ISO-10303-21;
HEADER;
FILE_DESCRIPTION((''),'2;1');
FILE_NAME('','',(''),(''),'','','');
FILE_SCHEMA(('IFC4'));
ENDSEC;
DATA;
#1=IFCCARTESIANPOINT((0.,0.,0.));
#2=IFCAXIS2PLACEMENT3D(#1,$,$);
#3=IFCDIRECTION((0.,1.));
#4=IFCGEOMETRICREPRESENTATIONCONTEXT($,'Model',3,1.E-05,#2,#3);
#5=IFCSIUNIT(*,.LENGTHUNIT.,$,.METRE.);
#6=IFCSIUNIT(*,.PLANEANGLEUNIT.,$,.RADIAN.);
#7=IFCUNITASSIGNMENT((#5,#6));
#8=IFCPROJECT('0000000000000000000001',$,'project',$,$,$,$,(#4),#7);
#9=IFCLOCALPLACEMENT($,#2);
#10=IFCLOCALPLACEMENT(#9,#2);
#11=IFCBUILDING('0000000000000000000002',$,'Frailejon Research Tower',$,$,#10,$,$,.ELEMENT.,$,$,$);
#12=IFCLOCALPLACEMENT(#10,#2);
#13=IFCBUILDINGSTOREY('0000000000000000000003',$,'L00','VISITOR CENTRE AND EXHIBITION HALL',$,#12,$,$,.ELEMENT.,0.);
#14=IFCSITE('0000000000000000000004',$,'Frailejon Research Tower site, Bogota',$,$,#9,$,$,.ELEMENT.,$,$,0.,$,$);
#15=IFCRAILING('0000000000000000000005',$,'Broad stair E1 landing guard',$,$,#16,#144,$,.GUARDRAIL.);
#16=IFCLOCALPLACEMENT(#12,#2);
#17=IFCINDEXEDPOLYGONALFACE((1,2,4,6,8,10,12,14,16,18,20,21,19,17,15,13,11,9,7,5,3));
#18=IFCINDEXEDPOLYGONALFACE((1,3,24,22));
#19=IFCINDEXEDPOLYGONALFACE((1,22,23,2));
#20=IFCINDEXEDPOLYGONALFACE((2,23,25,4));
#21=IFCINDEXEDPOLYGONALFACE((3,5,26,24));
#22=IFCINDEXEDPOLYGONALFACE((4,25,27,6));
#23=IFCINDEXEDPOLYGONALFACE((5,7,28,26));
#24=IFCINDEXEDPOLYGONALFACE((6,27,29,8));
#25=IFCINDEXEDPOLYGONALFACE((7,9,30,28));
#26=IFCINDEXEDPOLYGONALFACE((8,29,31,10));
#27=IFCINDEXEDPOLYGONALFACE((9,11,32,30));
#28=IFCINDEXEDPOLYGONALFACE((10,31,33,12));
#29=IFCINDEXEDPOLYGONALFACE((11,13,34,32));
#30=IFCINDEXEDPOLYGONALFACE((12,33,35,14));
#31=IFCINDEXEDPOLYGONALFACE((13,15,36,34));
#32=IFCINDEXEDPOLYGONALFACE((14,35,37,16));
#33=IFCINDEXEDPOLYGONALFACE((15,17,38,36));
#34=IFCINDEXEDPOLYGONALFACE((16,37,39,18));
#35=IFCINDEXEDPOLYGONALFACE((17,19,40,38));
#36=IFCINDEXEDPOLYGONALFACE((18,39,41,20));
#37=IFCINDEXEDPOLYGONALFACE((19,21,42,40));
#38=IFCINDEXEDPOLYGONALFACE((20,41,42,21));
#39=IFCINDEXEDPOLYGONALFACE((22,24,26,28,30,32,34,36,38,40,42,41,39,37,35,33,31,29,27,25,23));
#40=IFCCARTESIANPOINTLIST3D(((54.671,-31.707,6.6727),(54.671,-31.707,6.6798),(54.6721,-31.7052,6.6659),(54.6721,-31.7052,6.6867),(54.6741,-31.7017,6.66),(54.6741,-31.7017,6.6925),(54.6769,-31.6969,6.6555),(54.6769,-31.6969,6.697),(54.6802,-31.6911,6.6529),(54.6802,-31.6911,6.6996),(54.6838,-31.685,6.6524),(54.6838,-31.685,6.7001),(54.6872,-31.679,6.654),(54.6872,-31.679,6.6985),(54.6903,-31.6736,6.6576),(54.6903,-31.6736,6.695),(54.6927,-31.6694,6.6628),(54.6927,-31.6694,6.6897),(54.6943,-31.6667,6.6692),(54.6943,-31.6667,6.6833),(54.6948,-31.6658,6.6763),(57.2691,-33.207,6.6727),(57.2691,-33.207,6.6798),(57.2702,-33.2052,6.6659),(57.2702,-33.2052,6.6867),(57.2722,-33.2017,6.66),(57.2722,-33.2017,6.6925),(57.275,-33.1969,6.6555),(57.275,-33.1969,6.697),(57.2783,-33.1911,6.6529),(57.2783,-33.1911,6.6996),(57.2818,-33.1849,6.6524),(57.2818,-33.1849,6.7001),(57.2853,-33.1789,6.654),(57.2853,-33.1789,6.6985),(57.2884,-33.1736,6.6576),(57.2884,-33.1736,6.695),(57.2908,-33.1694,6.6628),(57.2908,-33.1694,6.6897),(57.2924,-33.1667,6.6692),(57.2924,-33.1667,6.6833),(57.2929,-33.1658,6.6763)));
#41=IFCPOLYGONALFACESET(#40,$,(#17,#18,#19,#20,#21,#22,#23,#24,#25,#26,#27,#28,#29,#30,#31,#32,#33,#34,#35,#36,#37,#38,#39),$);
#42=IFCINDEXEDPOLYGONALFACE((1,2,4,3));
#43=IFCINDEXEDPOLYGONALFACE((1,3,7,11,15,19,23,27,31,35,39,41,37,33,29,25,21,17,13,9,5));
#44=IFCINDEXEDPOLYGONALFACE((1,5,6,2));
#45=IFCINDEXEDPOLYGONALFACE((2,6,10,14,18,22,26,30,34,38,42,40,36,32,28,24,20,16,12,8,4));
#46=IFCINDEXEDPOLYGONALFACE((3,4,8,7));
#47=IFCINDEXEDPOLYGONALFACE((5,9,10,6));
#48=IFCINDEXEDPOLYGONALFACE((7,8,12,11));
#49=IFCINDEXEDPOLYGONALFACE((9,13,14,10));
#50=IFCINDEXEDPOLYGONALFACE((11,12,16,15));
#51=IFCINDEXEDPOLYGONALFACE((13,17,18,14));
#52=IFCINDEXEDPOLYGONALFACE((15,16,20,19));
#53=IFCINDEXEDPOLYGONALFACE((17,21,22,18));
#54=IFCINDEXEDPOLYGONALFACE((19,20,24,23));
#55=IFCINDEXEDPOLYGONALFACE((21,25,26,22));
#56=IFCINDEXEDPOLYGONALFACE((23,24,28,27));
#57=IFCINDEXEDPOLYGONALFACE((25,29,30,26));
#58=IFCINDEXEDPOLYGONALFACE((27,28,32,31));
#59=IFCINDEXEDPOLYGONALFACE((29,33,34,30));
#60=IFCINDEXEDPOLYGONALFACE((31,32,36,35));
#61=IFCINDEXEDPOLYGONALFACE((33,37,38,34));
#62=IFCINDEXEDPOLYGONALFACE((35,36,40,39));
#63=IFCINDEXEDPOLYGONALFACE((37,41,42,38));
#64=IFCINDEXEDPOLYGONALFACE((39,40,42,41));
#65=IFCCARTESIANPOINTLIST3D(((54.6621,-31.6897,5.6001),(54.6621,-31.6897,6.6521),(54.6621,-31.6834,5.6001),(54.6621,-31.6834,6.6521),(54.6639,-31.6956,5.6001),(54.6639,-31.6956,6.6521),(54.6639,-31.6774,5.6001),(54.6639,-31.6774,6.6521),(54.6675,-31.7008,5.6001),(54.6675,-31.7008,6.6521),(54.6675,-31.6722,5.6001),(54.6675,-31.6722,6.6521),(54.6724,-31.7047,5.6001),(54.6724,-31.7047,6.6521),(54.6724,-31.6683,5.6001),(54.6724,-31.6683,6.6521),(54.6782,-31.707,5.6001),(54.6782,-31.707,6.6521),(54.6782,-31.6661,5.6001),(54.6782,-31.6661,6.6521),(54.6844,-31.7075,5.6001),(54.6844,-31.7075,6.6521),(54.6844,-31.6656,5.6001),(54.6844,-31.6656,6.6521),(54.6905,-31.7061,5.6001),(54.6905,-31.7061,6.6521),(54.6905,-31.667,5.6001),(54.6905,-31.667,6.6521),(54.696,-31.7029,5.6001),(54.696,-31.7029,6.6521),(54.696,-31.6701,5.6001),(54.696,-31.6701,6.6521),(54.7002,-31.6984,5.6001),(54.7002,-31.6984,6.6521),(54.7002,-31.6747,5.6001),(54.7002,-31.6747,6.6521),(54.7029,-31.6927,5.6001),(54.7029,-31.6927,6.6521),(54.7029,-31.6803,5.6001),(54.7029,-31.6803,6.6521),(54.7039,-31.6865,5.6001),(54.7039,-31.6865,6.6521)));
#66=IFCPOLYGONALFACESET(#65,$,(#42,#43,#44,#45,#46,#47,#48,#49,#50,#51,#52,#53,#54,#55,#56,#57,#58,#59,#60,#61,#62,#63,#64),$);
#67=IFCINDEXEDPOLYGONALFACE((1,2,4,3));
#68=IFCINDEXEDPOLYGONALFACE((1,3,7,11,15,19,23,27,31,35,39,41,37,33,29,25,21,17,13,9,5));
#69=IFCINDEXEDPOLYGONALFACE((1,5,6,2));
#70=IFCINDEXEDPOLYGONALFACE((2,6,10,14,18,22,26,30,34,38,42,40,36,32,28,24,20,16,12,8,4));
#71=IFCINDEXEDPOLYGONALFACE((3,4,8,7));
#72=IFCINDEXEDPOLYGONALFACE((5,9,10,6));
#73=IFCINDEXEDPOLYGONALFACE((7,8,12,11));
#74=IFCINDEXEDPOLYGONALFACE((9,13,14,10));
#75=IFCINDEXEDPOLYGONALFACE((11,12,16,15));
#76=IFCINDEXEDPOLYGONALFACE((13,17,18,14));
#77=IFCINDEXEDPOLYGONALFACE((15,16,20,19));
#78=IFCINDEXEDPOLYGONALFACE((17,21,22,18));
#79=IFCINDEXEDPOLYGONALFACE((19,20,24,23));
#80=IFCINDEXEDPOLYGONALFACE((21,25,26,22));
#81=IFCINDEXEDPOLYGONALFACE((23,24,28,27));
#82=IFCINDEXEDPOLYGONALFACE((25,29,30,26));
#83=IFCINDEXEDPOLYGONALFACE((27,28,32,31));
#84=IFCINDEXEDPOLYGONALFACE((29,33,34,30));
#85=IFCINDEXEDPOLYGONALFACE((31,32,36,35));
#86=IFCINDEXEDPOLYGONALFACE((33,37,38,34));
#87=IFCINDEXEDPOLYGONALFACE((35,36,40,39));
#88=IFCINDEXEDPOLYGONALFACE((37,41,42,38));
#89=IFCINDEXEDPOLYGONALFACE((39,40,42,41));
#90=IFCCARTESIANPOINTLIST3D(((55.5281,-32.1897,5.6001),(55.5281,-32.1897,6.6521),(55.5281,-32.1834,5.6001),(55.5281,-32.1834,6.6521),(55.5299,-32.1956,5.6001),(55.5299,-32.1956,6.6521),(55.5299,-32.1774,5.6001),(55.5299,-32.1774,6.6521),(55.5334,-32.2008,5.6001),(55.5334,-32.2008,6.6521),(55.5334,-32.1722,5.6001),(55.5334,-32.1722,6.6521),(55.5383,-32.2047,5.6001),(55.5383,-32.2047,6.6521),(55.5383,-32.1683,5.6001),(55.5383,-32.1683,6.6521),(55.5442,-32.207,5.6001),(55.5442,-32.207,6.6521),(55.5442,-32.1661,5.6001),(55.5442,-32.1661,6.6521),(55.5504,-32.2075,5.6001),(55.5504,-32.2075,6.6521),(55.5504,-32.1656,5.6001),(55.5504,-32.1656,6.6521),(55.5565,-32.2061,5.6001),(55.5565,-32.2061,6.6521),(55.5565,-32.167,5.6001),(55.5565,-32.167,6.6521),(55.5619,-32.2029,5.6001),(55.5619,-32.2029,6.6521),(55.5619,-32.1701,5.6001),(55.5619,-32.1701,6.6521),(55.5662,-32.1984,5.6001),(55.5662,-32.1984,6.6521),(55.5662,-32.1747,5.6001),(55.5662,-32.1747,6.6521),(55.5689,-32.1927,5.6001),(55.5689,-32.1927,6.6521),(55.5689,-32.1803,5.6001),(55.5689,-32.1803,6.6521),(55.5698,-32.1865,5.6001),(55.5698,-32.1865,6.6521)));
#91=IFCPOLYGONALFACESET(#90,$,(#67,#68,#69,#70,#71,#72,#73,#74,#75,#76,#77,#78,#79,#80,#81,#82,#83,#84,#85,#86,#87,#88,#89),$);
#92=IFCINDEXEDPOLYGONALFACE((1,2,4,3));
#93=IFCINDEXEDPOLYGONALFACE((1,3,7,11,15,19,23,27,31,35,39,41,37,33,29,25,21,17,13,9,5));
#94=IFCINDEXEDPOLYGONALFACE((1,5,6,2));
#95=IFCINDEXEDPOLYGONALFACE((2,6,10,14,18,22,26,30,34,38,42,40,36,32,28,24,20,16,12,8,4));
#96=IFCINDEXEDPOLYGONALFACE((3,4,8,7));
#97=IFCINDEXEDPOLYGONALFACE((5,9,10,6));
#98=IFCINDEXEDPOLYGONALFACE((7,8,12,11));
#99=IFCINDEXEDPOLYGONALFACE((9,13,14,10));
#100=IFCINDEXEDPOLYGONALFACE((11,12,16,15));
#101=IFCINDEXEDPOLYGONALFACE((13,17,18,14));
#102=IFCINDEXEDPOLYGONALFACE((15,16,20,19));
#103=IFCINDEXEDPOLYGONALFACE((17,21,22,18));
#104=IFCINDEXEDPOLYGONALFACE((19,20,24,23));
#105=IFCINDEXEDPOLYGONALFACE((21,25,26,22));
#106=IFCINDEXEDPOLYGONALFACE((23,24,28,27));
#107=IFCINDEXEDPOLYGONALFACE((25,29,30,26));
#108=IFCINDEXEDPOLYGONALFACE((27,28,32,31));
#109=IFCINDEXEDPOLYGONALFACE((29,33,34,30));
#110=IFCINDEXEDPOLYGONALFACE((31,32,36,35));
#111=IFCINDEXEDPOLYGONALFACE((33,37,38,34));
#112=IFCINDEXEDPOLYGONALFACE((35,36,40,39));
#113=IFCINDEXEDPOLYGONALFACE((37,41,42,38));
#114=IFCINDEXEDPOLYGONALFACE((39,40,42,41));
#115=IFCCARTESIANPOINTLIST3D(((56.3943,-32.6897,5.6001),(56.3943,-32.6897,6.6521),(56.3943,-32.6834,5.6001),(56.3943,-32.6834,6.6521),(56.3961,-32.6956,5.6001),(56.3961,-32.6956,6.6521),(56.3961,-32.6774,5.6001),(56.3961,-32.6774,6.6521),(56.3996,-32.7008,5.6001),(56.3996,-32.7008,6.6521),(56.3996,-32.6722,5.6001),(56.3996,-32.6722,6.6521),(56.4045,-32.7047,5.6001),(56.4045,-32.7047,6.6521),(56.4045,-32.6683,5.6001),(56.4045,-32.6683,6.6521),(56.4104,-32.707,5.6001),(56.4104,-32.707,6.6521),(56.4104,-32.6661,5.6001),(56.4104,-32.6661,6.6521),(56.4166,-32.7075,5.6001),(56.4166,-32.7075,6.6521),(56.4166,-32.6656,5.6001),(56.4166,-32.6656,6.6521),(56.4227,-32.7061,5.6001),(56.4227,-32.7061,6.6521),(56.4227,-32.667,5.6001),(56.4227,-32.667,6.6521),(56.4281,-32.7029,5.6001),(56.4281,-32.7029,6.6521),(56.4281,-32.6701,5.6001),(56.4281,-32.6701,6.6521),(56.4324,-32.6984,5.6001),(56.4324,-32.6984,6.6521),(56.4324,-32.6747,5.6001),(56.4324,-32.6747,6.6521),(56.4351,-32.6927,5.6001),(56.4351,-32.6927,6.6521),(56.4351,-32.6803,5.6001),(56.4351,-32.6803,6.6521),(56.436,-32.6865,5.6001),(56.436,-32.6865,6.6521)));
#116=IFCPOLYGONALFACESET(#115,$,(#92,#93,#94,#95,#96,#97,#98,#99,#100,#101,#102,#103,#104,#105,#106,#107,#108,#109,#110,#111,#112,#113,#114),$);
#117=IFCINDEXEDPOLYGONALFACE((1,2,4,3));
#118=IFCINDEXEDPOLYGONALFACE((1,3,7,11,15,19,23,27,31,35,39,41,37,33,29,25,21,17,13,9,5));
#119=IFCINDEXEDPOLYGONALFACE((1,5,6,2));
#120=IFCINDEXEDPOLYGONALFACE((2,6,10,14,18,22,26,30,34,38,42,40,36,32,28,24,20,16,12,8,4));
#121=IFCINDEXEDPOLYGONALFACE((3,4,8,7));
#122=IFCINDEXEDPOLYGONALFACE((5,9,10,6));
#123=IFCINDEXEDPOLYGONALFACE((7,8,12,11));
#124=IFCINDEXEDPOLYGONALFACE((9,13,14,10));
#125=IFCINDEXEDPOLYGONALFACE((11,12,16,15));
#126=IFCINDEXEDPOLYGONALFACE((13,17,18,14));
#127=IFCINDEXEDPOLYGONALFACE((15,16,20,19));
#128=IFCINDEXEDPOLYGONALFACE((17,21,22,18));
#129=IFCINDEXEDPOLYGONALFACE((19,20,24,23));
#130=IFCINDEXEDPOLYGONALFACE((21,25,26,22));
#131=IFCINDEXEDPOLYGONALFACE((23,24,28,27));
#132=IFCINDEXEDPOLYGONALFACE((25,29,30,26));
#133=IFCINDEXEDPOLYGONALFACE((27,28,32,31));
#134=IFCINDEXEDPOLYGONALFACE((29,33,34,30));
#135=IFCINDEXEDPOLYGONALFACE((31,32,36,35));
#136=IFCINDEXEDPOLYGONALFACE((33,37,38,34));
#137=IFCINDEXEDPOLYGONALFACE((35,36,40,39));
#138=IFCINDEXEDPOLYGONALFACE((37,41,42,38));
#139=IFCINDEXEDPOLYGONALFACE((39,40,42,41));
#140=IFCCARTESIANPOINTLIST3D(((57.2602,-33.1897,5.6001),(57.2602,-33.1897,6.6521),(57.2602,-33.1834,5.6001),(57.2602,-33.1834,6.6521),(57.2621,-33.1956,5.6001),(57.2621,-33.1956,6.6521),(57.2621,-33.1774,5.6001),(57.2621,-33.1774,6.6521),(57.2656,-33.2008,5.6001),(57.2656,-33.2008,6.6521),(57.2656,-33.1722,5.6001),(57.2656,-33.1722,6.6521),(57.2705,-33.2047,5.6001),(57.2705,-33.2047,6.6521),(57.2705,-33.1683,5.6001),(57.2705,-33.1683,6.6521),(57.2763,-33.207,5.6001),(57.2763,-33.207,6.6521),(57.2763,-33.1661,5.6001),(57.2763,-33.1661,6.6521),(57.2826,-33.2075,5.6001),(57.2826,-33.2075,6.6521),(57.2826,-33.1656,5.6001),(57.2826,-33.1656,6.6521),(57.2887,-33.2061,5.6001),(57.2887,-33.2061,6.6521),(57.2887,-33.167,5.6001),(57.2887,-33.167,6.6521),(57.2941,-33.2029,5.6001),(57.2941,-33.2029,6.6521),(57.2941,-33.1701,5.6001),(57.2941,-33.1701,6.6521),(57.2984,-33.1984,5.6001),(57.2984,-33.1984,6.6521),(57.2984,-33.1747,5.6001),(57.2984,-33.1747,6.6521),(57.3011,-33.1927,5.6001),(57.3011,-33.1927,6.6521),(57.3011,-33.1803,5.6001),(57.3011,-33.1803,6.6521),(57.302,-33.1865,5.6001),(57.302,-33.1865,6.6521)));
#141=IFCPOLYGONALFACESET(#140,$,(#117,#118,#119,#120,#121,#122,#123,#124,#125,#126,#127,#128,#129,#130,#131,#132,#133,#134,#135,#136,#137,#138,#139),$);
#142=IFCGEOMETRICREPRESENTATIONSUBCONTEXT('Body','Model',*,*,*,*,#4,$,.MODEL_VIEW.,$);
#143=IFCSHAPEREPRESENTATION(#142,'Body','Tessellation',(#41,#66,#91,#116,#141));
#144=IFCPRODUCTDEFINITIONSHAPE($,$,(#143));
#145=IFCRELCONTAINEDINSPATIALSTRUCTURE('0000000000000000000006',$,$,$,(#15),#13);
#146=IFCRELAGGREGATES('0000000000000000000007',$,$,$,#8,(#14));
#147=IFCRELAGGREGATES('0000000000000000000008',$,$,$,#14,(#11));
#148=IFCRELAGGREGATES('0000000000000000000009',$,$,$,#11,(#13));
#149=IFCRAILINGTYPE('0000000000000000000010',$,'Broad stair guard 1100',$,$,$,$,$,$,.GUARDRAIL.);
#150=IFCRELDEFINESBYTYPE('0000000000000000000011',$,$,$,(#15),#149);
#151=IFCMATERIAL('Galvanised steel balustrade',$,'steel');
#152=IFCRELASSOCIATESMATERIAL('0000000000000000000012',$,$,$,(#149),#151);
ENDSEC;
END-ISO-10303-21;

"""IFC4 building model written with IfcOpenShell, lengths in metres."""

from ifc_helpers import new_model, si_unit, direction, frame, origin, origin_2d, place, context, subcontext, project, spatial, circle, extrude, material, type_object, element, save


model = new_model("IFC4")

# Units and contexts
model_context = context("Model", 3, precision=1e-05, world=origin(), true_north=direction((0.0, 1.0)))
body_context = subcontext(model_context, "Body", "Model", "MODEL_VIEW")
ifc_project = project(units=[si_unit("LENGTHUNIT", "METRE"), si_unit("PLANEANGLEUNIT", "RADIAN")], contexts=[model_context])

# Site, building, storey
site_placement = place(None, origin())
site = spatial("IfcSite", under=ifc_project, at=site_placement, Name="Frailejon Research Tower site, Bogota", CompositionType="ELEMENT", RefElevation=0.0)
building_placement = place(site_placement, origin())
building = spatial("IfcBuilding", under=site, at=building_placement, Name="Frailejon Research Tower", CompositionType="ELEMENT")
storey_placement = place(building_placement, origin())
storey = spatial("IfcBuildingStorey", under=building, at=storey_placement, Name="L00", Description="VISITOR CENTRE AND EXHIBITION HALL", CompositionType="ELEMENT", Elevation=0.0)

# Railing
ifc_material_1 = material(Name="Galvanised steel balustrade", Category="steel")
railing_type_1 = type_object("IfcRailingType", Name="Broad stair guard 1100", PredefinedType="GUARDRAIL", material=ifc_material_1)
railing_placement = place(storey_placement, frame((54.6829, -31.6865, 5.6001)))
element("IfcRailing", 1, at=railing_placement, inside=storey, type_object=railing_type_1, Name="Broad stair E1 landing guard", PredefinedType="GUARDRAIL", context=body_context, shape_type="SweptSolid", body=[
    extrude(circle(Radius=0.0239, at=origin_2d()), frame((0.0, 0.0, 1.0762), z_axis=(0.866031, -0.49999, 0.0), x_axis=(0.49999, 0.866031, 0.0)), (0.0, 0.0, 1.0), 3.0),
    extrude(circle(Radius=0.021, at=origin_2d()), origin(), (0.0, 0.0, 1.0), 1.052),
    extrude(circle(Radius=0.021, at=origin_2d()), frame((0.866, -0.5, 0.0)), (0.0, 0.0, 1.0), 1.052),
    extrude(circle(Radius=0.021, at=origin_2d()), frame((1.7322, -1.0, 0.0)), (0.0, 0.0, 1.0), 1.052),
    extrude(circle(Radius=0.021, at=origin_2d()), frame((2.5981, -1.5, 0.0)), (0.0, 0.0, 1.0), 1.052),
])

save(model, "model.ifc")
